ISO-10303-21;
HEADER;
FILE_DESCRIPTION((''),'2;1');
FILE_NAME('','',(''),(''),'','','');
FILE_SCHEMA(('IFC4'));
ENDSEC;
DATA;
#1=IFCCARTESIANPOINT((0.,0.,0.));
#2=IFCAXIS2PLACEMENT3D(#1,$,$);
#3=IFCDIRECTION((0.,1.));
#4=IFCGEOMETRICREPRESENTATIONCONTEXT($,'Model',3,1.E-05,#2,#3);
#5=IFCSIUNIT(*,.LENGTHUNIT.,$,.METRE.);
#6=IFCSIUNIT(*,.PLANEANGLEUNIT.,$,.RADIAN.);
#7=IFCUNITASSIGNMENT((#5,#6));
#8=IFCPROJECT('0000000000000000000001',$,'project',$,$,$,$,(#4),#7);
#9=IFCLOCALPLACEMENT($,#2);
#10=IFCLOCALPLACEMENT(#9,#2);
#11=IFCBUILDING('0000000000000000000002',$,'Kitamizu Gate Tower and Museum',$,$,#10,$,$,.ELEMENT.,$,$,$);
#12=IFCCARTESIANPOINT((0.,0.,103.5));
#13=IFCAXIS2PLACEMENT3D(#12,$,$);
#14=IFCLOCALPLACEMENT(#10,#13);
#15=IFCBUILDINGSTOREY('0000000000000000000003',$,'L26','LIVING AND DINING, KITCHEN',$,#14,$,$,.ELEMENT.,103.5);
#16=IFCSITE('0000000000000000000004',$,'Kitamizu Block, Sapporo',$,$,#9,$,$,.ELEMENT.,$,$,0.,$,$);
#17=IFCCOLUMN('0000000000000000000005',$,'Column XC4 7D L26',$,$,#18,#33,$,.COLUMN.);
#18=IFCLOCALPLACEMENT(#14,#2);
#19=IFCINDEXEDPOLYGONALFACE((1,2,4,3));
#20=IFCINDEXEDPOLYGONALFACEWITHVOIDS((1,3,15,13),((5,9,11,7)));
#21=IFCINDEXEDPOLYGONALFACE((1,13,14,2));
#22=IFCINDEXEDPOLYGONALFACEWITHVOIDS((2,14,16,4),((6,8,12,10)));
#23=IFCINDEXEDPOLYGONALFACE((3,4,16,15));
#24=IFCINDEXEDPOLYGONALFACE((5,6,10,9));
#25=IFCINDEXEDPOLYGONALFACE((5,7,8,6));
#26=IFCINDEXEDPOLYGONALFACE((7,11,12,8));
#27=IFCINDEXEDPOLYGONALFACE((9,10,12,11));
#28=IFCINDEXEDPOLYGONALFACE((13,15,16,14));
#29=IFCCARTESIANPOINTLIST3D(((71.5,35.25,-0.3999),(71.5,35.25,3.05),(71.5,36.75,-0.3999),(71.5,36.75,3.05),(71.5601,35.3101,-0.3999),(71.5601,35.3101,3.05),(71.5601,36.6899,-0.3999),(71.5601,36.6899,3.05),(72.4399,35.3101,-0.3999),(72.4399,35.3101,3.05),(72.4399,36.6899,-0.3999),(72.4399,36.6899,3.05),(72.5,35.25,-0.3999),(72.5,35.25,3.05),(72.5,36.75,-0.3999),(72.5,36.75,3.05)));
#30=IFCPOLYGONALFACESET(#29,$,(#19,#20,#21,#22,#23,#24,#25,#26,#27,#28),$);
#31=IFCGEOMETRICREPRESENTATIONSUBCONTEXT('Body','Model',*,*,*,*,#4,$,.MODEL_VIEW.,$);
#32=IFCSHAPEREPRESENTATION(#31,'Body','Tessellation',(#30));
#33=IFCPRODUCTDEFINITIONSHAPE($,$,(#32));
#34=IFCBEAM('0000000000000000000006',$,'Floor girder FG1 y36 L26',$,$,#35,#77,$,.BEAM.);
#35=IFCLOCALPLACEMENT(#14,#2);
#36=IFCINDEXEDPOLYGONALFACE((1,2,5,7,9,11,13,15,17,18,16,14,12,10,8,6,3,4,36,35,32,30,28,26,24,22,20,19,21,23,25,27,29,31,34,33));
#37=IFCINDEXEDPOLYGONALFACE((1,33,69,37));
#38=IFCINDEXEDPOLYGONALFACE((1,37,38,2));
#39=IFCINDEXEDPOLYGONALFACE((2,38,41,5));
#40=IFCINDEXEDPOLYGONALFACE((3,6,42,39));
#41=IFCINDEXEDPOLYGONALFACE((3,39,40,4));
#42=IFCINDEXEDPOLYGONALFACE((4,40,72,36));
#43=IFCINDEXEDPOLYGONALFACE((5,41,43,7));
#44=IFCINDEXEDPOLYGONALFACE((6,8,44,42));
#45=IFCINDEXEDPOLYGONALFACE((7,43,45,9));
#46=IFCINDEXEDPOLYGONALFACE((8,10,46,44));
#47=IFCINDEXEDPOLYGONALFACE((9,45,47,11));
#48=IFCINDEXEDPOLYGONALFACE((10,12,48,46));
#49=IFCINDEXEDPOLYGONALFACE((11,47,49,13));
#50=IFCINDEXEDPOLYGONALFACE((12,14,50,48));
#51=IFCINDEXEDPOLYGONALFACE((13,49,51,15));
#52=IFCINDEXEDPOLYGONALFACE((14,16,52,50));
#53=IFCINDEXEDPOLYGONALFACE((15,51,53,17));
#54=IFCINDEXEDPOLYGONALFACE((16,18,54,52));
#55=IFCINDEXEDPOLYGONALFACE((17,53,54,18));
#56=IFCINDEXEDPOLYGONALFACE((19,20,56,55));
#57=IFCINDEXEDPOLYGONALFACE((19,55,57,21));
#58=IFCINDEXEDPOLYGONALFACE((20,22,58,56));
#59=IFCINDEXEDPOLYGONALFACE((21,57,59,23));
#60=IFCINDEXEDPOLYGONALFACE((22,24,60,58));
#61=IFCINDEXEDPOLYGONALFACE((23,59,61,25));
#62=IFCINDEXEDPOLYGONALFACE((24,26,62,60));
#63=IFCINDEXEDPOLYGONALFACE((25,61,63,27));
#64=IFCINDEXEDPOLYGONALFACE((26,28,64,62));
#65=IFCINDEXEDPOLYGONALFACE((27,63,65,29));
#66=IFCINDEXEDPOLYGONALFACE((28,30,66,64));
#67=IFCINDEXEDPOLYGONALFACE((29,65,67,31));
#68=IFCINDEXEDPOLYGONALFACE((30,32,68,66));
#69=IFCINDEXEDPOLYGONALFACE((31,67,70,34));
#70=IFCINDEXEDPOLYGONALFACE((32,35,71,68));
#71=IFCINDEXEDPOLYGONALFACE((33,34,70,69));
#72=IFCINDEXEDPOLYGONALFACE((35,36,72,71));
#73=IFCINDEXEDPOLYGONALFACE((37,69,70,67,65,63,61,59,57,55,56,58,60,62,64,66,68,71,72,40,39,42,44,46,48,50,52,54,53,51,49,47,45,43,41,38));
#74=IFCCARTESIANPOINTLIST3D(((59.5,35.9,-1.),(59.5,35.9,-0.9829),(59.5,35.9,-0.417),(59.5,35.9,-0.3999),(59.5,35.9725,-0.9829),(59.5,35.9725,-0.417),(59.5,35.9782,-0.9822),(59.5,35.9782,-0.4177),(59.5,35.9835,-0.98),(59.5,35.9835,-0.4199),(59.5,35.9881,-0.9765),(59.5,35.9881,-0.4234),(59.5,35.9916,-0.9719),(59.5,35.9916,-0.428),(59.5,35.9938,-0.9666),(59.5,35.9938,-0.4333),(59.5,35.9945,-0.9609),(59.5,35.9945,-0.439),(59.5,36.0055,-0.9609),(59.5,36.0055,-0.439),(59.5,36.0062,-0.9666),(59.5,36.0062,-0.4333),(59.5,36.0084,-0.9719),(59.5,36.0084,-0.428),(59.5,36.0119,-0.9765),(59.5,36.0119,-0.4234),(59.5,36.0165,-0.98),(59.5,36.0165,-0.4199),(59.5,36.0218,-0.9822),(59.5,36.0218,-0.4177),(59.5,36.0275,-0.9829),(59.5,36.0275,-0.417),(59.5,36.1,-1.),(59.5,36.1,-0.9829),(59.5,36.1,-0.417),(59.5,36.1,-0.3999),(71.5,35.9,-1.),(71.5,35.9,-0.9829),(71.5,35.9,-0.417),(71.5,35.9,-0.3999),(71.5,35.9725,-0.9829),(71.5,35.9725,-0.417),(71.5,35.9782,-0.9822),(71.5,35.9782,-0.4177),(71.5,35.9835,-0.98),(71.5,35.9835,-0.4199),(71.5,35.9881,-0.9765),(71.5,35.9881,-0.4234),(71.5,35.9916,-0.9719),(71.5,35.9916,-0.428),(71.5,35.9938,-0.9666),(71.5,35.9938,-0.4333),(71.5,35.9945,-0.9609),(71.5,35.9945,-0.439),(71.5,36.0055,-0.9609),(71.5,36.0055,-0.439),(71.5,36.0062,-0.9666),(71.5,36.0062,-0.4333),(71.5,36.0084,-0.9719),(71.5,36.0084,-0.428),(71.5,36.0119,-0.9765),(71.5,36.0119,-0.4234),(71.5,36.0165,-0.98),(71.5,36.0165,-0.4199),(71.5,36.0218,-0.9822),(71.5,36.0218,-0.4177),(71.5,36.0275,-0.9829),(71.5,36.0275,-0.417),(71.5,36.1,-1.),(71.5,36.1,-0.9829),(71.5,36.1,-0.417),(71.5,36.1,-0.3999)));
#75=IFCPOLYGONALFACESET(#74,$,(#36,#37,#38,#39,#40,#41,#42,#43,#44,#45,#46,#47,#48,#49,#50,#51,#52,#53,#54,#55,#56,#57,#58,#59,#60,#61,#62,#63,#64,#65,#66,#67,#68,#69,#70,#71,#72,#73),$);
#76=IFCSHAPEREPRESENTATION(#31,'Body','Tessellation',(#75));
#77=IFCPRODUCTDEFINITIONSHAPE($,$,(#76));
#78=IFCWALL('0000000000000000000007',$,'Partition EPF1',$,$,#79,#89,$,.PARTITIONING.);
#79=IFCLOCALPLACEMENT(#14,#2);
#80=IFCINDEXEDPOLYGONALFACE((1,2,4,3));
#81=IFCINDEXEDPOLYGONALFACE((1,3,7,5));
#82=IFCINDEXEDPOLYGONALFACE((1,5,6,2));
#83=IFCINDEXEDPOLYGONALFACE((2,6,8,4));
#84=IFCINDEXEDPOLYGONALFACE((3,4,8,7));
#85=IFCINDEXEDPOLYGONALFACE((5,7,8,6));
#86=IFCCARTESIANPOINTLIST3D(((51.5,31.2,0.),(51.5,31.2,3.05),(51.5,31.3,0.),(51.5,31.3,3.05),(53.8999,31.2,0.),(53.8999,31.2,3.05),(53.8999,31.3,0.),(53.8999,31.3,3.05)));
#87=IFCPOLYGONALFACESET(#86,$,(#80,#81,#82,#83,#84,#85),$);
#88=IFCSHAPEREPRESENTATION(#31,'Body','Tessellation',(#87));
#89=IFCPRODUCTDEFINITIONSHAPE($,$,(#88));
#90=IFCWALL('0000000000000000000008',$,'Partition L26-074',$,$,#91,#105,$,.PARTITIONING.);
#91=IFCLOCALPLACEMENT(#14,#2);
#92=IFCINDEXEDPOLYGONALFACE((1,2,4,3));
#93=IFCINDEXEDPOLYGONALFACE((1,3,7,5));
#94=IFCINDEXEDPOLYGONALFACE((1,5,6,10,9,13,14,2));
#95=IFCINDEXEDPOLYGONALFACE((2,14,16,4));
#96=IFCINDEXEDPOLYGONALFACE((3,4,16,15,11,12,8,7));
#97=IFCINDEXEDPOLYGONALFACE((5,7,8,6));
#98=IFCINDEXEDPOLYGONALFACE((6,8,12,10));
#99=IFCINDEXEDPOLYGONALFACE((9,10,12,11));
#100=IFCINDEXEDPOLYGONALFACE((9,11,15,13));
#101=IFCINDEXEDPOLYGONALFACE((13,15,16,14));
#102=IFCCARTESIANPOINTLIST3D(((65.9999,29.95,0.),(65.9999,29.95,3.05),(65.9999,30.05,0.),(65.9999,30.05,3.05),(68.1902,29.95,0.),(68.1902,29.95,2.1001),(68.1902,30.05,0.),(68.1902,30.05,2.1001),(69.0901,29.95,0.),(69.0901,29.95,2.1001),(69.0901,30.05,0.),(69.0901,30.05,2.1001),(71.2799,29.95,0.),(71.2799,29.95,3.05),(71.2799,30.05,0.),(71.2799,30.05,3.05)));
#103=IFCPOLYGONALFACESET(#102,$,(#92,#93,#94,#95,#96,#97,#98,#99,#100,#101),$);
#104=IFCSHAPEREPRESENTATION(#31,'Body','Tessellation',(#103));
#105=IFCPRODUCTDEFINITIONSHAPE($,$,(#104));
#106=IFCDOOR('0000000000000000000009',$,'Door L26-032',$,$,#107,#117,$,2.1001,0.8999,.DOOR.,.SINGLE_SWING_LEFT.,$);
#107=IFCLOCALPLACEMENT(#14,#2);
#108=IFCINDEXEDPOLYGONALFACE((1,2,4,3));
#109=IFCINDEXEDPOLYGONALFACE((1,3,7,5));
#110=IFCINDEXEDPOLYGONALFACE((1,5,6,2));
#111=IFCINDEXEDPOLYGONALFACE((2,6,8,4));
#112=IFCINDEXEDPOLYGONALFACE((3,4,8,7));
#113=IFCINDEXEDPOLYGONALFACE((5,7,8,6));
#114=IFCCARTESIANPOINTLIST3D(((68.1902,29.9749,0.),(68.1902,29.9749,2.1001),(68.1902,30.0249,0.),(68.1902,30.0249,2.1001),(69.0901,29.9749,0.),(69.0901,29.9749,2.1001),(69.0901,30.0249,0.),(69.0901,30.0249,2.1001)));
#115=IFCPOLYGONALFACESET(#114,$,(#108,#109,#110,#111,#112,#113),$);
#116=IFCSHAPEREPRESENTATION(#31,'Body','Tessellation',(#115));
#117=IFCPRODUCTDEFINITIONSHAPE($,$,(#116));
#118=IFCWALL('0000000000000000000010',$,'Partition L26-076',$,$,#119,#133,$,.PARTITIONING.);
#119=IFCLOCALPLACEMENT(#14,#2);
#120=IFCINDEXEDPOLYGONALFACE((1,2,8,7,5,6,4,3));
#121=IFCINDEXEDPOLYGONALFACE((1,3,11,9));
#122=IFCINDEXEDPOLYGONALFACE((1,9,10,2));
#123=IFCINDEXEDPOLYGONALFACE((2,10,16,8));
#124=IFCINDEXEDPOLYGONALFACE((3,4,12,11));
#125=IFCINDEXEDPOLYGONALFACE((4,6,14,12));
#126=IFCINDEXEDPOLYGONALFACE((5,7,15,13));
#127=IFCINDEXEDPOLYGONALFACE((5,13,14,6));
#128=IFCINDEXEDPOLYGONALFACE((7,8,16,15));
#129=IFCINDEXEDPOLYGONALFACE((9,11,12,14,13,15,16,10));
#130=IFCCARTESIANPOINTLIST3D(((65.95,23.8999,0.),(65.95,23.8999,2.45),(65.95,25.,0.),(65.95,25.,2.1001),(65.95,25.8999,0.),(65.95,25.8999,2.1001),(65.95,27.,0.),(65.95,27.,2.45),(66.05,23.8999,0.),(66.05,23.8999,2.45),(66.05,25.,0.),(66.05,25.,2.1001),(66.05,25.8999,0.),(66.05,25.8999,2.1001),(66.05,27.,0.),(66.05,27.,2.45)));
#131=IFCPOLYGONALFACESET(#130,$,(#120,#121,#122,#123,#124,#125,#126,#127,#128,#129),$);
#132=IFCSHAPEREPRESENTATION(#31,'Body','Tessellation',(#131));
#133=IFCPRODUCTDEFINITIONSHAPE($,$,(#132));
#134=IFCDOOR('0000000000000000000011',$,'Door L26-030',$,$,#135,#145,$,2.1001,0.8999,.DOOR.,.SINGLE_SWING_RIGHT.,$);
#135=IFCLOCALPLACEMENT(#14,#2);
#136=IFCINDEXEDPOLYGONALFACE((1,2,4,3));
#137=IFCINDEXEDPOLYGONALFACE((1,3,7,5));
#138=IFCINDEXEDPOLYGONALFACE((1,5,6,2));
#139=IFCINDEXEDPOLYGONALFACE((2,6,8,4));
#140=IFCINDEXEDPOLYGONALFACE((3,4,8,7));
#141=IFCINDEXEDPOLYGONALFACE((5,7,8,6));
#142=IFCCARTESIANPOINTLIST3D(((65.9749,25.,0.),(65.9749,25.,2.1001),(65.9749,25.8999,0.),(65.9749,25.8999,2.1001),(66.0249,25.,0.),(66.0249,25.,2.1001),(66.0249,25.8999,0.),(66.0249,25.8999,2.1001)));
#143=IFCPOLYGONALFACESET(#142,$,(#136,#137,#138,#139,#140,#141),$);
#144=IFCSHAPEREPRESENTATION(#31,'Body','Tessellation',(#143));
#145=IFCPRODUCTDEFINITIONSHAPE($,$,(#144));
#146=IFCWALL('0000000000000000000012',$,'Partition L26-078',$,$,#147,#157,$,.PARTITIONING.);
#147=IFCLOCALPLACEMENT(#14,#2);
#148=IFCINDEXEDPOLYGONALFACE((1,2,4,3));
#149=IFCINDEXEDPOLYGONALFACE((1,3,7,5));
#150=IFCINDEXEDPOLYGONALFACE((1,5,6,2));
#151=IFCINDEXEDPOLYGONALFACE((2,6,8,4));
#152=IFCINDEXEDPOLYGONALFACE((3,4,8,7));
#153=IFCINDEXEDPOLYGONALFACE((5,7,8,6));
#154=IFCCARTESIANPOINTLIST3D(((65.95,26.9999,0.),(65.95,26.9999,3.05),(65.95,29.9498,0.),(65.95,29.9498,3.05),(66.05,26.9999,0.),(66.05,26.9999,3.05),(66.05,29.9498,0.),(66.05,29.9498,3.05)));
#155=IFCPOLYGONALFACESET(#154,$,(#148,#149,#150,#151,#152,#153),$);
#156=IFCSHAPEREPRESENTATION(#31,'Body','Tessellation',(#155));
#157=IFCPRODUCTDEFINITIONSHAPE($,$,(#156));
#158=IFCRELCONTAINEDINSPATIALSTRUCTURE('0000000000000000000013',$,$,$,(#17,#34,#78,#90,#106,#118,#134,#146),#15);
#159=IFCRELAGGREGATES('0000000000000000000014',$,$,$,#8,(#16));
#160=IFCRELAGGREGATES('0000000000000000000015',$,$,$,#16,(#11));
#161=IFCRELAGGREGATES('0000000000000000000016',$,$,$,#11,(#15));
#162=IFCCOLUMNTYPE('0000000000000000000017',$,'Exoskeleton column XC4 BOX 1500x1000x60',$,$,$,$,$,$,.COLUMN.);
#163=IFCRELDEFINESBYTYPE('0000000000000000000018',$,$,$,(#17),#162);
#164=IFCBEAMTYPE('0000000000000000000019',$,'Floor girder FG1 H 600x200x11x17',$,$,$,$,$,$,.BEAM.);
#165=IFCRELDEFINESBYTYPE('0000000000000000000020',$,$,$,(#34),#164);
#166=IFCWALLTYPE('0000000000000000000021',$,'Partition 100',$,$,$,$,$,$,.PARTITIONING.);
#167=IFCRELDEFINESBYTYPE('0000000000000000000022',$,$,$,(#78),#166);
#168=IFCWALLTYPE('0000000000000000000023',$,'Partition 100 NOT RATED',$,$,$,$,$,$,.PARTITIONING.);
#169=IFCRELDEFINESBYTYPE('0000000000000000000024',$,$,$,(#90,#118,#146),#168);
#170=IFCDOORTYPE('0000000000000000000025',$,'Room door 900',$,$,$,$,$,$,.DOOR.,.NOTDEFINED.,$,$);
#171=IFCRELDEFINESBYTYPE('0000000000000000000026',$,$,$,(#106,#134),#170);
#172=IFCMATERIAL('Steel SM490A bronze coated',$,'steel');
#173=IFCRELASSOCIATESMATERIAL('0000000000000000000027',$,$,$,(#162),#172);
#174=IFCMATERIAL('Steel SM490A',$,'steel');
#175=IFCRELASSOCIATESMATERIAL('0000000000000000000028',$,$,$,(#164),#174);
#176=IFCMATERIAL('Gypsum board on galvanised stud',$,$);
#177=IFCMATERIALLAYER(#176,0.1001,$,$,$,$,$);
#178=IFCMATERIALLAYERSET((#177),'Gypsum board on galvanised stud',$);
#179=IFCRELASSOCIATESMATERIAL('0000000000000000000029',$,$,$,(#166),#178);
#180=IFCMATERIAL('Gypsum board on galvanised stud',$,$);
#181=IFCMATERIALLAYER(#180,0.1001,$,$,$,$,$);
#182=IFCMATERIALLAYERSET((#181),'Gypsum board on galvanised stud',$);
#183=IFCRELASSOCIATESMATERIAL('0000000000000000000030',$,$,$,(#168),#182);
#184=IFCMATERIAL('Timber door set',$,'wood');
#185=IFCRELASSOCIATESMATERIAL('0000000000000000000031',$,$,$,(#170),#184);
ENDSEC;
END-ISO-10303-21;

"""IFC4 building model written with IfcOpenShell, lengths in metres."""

from ifc_helpers import new_model, si_unit, direction, frame, frame_2d, origin, origin_2d, place, context, subcontext, project, spatial, rectangle, hollow_rectangle, i_section, extrude, material, layer, layer_set, material_profile, profile_set, type_object, element, fill, save


model = new_model("IFC4")

# Units and contexts
model_context = context("Model", 3, precision=1e-05, world=origin(), true_north=direction((0.0, 1.0)))
body_context = subcontext(model_context, "Body", "Model", "MODEL_VIEW")
ifc_project = project(units=[si_unit("LENGTHUNIT", "METRE"), si_unit("PLANEANGLEUNIT", "RADIAN")], contexts=[model_context])

# Site, building, storey
site_placement = place(None, origin())
site = spatial("IfcSite", under=ifc_project, at=site_placement, Name="Kitamizu Block, Sapporo", CompositionType="ELEMENT", RefElevation=0.0)
building_placement = place(site_placement, origin())
building = spatial("IfcBuilding", under=site, at=building_placement, Name="Kitamizu Gate Tower and Museum", CompositionType="ELEMENT")
storey_placement = place(building_placement, frame((0.0, 0.0, 103.5)))
storey = spatial("IfcBuildingStorey", under=building, at=storey_placement, Name="L26", Description="LIVING AND DINING, KITCHEN", CompositionType="ELEMENT", Elevation=103.5)

# Column
ifc_material_1 = material(Name="Steel SM490A bronze coated", Category="steel")
ifc_material_profile_1 = material_profile(ifc_material_1, hollow_rectangle(XDim=1.5, YDim=1.0, WallThickness=0.0601, at=origin_2d()), Name="BOX 1500x1000x60")
ifc_profile_set_1 = profile_set([ifc_material_profile_1], Name="Steel SM490A bronze coated")
column_type = type_object("IfcColumnType", Name="Exoskeleton column XC4 BOX 1500x1000x60", PredefinedType="COLUMN", material=ifc_profile_set_1)
column_placement = place(storey_placement, frame((72.0, 36.0, -0.3999), z_axis=(0.0, 0.0, 1.0), x_axis=(0.0, 1.0, 0.0)))
element("IfcColumn", 1, at=column_placement, inside=storey, type_object=column_type, Name="Column XC4 7D L26", PredefinedType="COLUMN", context=body_context, shape_type="SweptSolid", body=[
    extrude(hollow_rectangle(XDim=1.5, YDim=1.0, WallThickness=0.0601, at=origin_2d()), origin(), (0.0, 0.0, 1.0), 3.45),
])

# Beam
ifc_material_2 = material(Name="Steel SM490A", Category="steel")
ifc_material_profile_2 = material_profile(ifc_material_2, i_section(OverallWidth=0.2, OverallDepth=0.6001, WebThickness=0.011, FlangeThickness=0.0171, FilletRadius=0.022, at=origin_2d()), Name="H-600x200x11x17")
ifc_profile_set_2 = profile_set([ifc_material_profile_2], Name="Steel SM490A")
beam_type = type_object("IfcBeamType", Name="Floor girder FG1 H 600x200x11x17", PredefinedType="BEAM", material=ifc_profile_set_2)
beam_placement = place(storey_placement, frame((59.5, 36.0, -0.7), z_axis=(1.0, 0.0, 0.0), x_axis=(0.0, 1.0, 0.0)))
element("IfcBeam", 2, at=beam_placement, inside=storey, type_object=beam_type, Name="Floor girder FG1 y36 L26", PredefinedType="BEAM", context=body_context, shape_type="SweptSolid", body=[
    extrude(i_section(OverallWidth=0.2, OverallDepth=0.6001, WebThickness=0.011, FlangeThickness=0.0171, FilletRadius=0.022, at=origin_2d()), origin(), (0.0, 0.0, 1.0), 12.0),
])

# Wall
ifc_material_3 = material(Name="Gypsum board on galvanised stud")
ifc_layer_1 = layer(ifc_material_3, 0.1001)
ifc_layer_set_1 = layer_set([ifc_layer_1], Name="Gypsum board on galvanised stud")
wall_type_1 = type_object("IfcWallType", Name="Partition 100", PredefinedType="PARTITIONING", material=ifc_layer_set_1)
wall_1_placement = place(storey_placement, frame((53.8999, 31.25, 0.0), z_axis=(0.0, 0.0, 1.0), x_axis=(-1.0, 0.0, 0.0)))
element("IfcWall", 3, at=wall_1_placement, inside=storey, type_object=wall_type_1, Name="Partition EPF1", PredefinedType="PARTITIONING", context=body_context, shape_type="SweptSolid", body=[
    extrude(rectangle(XDim=2.3999, YDim=0.1001, at=frame_2d((1.2, 0.0))), origin(), (0.0, 0.0, 1.0), 3.05),
])

# Walls, openings, doors
ifc_material_4 = material(Name="Gypsum board on galvanised stud")
ifc_layer_2 = layer(ifc_material_4, 0.1001)
ifc_layer_set_2 = layer_set([ifc_layer_2], Name="Gypsum board on galvanised stud")
wall_type_2 = type_object("IfcWallType", Name="Partition 100 NOT RATED", PredefinedType="PARTITIONING", material=ifc_layer_set_2)
wall_2_placement = place(storey_placement, frame((71.28, 30.0, 0.0), z_axis=(0.0, 0.0, 1.0), x_axis=(-1.0, 0.0, 0.0)))
wall_2 = element("IfcWall", 4, at=wall_2_placement, inside=storey, type_object=wall_type_2, Name="Partition L26-074", PredefinedType="PARTITIONING", context=body_context, shape_type="SweptSolid", body=[
    extrude(rectangle(XDim=5.28, YDim=0.1001, at=frame_2d((2.6401, 0.0))), origin(), (0.0, 0.0, 1.0), 3.05),
])
opening_1_placement = place(wall_2_placement, frame((2.1899, 0.0, 0.0)))
opening_1 = element("IfcOpeningElement", 5, at=opening_1_placement, cuts=wall_2, PredefinedType="OPENING", context=body_context, shape_type="SweptSolid", body=[
    extrude(rectangle(XDim=0.8999, YDim=2.1001, at=frame_2d((0.45, 1.05))), frame((0.0, 0.0601, 0.0), z_axis=(0.0, -1.0, 0.0), x_axis=(1.0, 0.0, 0.0)), (0.0, 0.0, 1.0), 0.1201),
])
ifc_material_5 = material(Name="Timber door set", Category="wood")
door_type_1 = type_object("IfcDoorType", Name="Room door 900", OperationType="NOTDEFINED", PredefinedType="DOOR", material=ifc_material_5)
door_1_placement = place(opening_1_placement, frame((0.8999, 0.0, 0.0), x_axis=(-1.0, 0.0, 0.0)))
door_1 = element("IfcDoor", 6, at=door_1_placement, inside=storey, type_object=door_type_1, Name="Door L26-032", OperationType="SINGLE_SWING_LEFT", OverallHeight=2.1001, OverallWidth=0.8999, PredefinedType="DOOR", context=body_context, shape_type="SweptSolid", body=[
    extrude(rectangle(XDim=0.8999, YDim=2.1001, at=frame_2d((0.45, 1.05))), frame((0.0, 0.0249, 0.0), z_axis=(0.0, -1.0, 0.0), x_axis=(1.0, 0.0, 0.0)), (0.0, 0.0, 1.0), 0.05),
])
fill(opening_1, door_1)
wall_3_placement = place(storey_placement, frame((66.0, 27.0, 0.0), z_axis=(0.0, 0.0, 1.0), x_axis=(0.0, -1.0, 0.0)))
wall_3 = element("IfcWall", 7, at=wall_3_placement, inside=storey, type_object=wall_type_2, Name="Partition L26-076", PredefinedType="PARTITIONING", context=body_context, shape_type="SweptSolid", body=[
    extrude(rectangle(XDim=3.1001, YDim=0.1001, at=frame_2d((1.55, 0.0))), origin(), (0.0, 0.0, 1.0), 2.45),
])
opening_2_placement = place(wall_3_placement, frame((1.1001, 0.0, 0.0)))
opening_2 = element("IfcOpeningElement", 8, at=opening_2_placement, cuts=wall_3, PredefinedType="OPENING", context=body_context, shape_type="SweptSolid", body=[
    extrude(rectangle(XDim=0.8999, YDim=2.1001, at=frame_2d((0.45, 1.05))), frame((0.0, 0.0601, 0.0), z_axis=(0.0, -1.0, 0.0), x_axis=(1.0, 0.0, 0.0)), (0.0, 0.0, 1.0), 0.1201),
])
door_2_placement = place(opening_2_placement, origin())
door_2 = element("IfcDoor", 9, at=door_2_placement, inside=storey, type_object=door_type_1, Name="Door L26-030", OperationType="SINGLE_SWING_RIGHT", OverallHeight=2.1001, OverallWidth=0.8999, PredefinedType="DOOR", context=body_context, shape_type="SweptSolid", body=[
    extrude(rectangle(XDim=0.8999, YDim=2.1001, at=frame_2d((0.45, 1.05))), frame((0.0, 0.0249, 0.0), z_axis=(0.0, -1.0, 0.0), x_axis=(1.0, 0.0, 0.0)), (0.0, 0.0, 1.0), 0.05),
])
fill(opening_2, door_2)

# Wall
wall_4_placement = place(storey_placement, frame((66.0, 29.95, 0.0), z_axis=(0.0, 0.0, 1.0), x_axis=(0.0, -1.0, 0.0)))
element("IfcWall", 10, at=wall_4_placement, inside=storey, type_object=wall_type_2, Name="Partition L26-078", PredefinedType="PARTITIONING", context=body_context, shape_type="SweptSolid", body=[
    extrude(rectangle(XDim=2.95, YDim=0.1001, at=frame_2d((1.4751, 0.0))), origin(), (0.0, 0.0, 1.0), 3.05),
])

save(model, "model.ifc")
